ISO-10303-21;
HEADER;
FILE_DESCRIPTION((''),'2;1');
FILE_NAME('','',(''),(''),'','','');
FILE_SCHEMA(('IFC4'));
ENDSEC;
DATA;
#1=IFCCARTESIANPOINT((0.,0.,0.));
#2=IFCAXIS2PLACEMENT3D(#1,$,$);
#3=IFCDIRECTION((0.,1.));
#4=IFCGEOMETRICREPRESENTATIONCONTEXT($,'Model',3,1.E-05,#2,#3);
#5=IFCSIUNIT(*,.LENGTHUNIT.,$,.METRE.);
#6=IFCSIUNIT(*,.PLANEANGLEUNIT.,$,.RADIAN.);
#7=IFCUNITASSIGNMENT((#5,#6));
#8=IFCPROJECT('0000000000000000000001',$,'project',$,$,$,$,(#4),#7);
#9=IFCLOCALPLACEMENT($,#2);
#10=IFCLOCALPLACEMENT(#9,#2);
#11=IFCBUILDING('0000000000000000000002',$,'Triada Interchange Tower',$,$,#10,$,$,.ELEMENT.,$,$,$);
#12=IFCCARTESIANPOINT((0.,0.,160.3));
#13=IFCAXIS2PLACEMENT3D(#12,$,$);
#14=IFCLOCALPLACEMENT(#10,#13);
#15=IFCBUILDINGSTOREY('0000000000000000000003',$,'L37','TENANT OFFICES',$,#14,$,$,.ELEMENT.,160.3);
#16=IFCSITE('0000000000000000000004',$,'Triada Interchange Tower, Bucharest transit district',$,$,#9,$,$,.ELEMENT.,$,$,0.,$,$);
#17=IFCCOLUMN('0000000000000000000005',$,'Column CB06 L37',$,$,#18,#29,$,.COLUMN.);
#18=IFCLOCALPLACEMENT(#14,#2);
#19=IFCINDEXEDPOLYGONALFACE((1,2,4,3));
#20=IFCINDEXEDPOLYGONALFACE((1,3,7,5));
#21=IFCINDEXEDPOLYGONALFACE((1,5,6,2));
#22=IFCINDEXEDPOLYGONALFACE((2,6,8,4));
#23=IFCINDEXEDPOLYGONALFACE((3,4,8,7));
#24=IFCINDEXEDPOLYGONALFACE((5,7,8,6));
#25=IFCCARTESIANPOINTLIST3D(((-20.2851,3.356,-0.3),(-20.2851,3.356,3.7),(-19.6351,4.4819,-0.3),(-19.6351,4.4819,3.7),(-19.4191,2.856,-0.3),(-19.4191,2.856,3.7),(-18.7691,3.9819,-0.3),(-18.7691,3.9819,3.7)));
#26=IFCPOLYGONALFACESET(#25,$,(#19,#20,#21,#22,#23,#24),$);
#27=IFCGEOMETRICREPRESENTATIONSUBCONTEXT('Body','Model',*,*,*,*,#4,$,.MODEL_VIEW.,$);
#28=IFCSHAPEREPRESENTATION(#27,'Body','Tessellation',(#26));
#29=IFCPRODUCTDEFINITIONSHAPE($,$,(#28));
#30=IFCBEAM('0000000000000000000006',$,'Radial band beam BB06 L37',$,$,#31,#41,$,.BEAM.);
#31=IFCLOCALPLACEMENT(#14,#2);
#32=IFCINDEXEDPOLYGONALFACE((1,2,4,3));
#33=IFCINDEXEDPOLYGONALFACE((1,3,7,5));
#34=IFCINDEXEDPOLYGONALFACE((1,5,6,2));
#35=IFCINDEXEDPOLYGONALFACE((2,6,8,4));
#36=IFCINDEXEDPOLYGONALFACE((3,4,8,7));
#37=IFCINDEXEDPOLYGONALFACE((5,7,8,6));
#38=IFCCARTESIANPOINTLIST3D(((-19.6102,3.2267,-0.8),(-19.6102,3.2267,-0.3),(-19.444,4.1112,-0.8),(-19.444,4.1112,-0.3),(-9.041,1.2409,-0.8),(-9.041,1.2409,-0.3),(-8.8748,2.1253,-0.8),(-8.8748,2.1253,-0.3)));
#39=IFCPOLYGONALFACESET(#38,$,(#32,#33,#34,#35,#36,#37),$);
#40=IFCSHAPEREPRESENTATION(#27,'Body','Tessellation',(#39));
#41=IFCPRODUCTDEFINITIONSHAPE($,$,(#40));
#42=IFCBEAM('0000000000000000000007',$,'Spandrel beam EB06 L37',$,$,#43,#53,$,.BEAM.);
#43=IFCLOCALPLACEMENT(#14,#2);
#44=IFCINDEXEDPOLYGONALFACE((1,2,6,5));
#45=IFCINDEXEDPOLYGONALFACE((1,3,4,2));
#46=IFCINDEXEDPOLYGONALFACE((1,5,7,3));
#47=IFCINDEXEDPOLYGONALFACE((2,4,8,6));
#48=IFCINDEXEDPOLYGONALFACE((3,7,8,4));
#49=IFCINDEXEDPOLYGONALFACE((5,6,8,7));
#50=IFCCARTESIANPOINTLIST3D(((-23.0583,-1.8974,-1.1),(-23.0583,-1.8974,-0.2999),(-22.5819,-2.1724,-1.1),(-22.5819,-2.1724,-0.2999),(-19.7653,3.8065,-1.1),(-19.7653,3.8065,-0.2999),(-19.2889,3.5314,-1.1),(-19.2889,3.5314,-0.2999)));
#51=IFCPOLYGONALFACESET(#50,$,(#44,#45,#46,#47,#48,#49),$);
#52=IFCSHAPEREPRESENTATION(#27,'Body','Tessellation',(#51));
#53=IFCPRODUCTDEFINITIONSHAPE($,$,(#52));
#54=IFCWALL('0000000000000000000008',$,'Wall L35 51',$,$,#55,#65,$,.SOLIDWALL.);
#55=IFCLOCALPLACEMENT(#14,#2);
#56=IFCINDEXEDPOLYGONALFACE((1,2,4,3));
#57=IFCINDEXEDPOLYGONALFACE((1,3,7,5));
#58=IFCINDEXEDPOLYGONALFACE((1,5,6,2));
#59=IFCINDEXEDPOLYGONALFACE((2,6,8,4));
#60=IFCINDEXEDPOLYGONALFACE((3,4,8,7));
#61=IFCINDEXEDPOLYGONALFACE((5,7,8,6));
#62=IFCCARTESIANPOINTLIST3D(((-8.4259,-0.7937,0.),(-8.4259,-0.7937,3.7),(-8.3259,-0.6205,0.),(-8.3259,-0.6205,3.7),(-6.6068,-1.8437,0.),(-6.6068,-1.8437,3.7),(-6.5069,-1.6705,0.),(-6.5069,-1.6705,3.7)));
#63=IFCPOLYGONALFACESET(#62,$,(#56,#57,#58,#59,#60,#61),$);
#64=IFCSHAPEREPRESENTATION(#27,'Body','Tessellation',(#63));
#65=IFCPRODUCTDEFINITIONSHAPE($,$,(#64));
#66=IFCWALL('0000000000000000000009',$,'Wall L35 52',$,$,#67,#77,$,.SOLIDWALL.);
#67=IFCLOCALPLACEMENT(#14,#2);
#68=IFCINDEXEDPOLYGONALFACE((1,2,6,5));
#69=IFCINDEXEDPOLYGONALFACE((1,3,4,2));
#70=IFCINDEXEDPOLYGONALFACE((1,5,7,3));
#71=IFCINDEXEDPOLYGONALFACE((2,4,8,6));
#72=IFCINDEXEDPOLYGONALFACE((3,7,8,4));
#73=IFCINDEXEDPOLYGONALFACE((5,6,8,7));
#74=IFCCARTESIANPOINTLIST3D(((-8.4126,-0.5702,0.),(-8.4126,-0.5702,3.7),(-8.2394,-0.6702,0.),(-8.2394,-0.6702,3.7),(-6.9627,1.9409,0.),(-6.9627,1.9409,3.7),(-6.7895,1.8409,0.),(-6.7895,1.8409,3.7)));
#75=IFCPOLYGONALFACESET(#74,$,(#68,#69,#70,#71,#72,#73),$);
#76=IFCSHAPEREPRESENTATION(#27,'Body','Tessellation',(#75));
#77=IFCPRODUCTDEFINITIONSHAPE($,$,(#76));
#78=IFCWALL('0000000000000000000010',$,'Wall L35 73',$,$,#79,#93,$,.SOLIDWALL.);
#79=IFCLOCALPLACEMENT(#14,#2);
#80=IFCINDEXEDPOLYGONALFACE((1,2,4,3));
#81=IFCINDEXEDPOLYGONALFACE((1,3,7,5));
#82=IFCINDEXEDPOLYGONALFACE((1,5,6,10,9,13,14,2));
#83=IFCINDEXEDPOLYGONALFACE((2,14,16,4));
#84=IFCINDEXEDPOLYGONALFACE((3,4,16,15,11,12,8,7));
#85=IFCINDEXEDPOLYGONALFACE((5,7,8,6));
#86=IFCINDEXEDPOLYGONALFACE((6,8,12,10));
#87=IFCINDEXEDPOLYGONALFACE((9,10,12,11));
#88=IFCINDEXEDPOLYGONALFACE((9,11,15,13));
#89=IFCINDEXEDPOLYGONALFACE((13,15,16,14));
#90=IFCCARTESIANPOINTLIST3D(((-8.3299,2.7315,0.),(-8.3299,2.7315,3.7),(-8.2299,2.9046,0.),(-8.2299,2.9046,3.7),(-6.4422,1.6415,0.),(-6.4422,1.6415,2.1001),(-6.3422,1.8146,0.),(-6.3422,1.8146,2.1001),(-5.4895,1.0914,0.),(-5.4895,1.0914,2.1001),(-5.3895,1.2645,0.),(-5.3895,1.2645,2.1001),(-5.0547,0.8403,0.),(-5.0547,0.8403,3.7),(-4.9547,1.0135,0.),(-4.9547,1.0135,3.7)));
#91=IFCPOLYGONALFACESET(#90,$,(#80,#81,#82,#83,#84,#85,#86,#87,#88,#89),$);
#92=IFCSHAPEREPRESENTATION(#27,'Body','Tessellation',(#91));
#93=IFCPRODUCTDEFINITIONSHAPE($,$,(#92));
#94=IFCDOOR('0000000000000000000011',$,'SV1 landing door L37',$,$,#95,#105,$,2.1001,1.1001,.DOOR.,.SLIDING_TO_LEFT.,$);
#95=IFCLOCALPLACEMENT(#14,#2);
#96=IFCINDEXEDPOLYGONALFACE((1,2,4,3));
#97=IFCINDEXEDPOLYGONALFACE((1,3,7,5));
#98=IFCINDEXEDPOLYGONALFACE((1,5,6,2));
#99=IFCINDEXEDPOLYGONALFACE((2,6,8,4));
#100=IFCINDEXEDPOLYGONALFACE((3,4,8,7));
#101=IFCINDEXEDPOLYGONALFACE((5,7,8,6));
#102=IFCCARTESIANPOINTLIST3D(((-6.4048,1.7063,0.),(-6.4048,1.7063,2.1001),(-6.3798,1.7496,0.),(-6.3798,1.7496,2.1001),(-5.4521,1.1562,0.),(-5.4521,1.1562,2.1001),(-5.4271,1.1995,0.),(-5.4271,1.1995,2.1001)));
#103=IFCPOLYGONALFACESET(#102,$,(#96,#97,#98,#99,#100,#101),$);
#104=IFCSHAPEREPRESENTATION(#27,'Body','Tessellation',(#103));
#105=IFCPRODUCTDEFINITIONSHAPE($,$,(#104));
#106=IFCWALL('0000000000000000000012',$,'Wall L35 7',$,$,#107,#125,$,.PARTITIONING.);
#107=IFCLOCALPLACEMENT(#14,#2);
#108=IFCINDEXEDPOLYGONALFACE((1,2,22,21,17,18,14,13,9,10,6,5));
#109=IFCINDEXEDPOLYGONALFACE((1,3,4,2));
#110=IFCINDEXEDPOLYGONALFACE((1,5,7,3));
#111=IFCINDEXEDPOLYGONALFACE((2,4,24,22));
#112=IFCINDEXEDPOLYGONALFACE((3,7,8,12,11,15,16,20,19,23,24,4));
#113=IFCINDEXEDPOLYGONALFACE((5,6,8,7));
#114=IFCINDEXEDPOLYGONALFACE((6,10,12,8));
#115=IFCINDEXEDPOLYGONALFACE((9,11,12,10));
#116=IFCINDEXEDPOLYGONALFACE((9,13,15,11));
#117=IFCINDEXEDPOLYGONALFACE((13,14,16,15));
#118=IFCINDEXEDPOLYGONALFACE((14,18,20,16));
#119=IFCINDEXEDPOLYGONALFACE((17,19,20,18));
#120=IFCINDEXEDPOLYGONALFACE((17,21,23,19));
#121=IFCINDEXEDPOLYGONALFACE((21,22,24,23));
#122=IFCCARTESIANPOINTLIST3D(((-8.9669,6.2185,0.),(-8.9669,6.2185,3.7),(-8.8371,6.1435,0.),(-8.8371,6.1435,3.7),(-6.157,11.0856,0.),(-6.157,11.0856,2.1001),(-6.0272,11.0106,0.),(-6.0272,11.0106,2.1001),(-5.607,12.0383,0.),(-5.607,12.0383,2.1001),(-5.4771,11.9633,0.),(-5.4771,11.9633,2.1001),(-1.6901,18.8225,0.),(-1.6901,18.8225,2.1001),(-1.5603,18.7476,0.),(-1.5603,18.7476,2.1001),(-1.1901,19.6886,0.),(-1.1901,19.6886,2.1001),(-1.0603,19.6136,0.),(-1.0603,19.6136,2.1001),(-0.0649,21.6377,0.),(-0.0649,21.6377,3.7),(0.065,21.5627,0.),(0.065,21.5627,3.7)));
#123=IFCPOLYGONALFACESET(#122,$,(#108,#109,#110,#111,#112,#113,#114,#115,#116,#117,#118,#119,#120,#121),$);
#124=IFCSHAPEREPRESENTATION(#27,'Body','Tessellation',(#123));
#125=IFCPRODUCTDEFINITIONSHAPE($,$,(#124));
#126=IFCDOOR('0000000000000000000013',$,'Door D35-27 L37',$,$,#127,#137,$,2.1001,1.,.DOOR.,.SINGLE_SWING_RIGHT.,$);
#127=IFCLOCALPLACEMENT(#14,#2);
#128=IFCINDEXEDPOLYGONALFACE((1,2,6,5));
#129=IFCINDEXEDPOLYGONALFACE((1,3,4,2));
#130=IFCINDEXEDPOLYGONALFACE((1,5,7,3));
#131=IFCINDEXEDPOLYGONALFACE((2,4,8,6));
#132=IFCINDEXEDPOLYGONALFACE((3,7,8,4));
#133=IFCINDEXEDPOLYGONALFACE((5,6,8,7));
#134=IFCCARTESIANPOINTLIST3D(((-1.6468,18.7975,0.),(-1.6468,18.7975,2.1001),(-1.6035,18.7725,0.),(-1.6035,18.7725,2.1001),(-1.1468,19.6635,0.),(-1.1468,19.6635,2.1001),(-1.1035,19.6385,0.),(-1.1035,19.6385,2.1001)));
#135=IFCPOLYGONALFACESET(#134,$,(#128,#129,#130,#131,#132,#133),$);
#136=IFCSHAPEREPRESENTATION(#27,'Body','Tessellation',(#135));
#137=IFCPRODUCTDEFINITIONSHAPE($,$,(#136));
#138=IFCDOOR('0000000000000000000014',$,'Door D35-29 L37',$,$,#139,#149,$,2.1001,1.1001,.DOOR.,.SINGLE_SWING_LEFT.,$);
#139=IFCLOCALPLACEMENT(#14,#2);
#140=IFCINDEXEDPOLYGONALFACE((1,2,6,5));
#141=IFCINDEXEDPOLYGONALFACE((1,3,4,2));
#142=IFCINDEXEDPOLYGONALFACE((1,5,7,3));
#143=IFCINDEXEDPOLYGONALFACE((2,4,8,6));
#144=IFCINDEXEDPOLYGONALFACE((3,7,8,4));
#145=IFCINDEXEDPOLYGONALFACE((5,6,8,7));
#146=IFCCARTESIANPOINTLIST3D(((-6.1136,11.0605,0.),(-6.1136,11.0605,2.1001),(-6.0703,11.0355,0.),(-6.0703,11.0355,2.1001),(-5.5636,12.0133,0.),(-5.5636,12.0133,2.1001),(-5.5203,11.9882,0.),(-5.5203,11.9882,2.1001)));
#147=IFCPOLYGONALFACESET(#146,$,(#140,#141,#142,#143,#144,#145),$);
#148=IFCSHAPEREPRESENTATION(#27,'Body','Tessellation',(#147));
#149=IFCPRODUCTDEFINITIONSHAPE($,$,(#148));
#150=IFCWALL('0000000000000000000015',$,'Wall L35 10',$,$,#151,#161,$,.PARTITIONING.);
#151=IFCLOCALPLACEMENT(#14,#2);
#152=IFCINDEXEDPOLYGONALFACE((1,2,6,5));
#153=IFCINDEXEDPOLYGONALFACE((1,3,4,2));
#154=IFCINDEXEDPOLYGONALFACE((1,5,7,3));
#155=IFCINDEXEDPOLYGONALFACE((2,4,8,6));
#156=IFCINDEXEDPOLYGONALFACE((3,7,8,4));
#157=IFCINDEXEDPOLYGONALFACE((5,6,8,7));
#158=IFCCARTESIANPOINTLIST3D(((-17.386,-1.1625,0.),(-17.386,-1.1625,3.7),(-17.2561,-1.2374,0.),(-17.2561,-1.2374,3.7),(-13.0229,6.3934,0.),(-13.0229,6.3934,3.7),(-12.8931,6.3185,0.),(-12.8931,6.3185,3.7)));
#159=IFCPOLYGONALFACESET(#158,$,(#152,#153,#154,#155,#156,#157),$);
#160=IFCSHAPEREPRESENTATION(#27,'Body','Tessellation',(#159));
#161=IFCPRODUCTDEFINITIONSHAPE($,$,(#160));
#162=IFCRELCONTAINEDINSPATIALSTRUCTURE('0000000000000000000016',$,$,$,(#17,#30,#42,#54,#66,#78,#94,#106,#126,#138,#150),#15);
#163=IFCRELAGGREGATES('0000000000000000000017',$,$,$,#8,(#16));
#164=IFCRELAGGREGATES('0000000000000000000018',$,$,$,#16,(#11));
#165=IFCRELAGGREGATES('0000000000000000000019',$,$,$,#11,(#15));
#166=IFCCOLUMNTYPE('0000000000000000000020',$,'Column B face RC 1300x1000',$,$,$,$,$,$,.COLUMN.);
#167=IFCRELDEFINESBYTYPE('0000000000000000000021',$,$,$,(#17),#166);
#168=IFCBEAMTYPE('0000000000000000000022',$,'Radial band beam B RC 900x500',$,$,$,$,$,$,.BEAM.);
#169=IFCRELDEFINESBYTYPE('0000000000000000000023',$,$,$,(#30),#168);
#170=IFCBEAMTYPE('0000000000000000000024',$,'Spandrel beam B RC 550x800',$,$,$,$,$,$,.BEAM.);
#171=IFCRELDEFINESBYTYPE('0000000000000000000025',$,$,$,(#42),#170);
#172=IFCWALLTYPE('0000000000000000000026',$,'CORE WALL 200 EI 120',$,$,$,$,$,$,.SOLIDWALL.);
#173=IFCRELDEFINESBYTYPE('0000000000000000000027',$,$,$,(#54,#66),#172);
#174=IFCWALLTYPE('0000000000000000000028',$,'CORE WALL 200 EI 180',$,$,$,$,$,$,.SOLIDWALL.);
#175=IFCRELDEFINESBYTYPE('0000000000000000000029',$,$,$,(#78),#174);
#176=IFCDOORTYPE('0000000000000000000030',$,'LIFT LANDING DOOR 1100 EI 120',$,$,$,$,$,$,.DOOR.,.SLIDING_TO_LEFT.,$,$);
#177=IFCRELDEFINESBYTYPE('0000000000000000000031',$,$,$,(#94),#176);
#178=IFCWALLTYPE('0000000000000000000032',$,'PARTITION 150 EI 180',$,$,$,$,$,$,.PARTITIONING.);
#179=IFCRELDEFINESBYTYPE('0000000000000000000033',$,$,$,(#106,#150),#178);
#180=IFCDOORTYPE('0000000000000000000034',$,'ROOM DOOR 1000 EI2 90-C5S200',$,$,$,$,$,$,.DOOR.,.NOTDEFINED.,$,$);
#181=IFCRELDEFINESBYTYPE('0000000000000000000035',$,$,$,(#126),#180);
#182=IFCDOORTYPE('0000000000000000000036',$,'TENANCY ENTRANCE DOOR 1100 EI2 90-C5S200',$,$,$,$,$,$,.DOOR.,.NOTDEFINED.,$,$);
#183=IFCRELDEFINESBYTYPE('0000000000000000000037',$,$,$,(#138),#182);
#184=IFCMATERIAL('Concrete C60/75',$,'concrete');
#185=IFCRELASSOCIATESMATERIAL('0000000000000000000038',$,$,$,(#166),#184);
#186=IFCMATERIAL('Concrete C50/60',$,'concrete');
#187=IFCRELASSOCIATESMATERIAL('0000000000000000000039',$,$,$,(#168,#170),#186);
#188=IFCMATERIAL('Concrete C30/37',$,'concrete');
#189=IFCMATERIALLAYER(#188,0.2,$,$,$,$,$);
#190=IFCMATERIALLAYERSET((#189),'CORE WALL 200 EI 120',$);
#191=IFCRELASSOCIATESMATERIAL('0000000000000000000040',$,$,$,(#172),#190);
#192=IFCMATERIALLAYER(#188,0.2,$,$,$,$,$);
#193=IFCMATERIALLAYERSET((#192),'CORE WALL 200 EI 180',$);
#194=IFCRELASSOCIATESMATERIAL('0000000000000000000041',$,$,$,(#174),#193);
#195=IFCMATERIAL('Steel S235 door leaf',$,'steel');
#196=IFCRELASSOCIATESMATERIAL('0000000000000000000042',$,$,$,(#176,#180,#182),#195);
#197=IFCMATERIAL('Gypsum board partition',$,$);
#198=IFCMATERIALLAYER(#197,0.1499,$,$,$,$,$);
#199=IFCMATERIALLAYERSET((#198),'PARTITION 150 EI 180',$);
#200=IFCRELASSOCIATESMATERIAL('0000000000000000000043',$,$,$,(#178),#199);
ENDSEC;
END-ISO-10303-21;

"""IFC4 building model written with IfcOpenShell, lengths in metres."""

from ifc_helpers import new_model, si_unit, direction, frame, frame_2d, origin, origin_2d, place, context, subcontext, project, spatial, rectangle, extrude, material, layer, layer_set, material_profile, profile_set, type_object, element, fill, save


model = new_model("IFC4")

# Units and contexts
model_context = context("Model", 3, precision=1e-05, world=origin(), true_north=direction((0.0, 1.0)))
body_context = subcontext(model_context, "Body", "Model", "MODEL_VIEW")
ifc_project = project(units=[si_unit("LENGTHUNIT", "METRE"), si_unit("PLANEANGLEUNIT", "RADIAN")], contexts=[model_context])

# Site, building, storey
site_placement = place(None, origin())
site = spatial("IfcSite", under=ifc_project, at=site_placement, Name="Triada Interchange Tower, Bucharest transit district", CompositionType="ELEMENT", RefElevation=0.0)
building_placement = place(site_placement, origin())
building = spatial("IfcBuilding", under=site, at=building_placement, Name="Triada Interchange Tower", CompositionType="ELEMENT")
storey_placement = place(building_placement, frame((0.0, 0.0, 160.3)))
storey = spatial("IfcBuildingStorey", under=building, at=storey_placement, Name="L37", Description="TENANT OFFICES", CompositionType="ELEMENT", Elevation=160.3)

# Column
ifc_material_1 = material(Name="Concrete C60/75", Category="concrete")
ifc_material_profile_1 = material_profile(ifc_material_1, rectangle(XDim=1.3, YDim=1.0, at=origin_2d()), Name="RC 1300x1000")
ifc_profile_set_1 = profile_set([ifc_material_profile_1], Name="Concrete C60/75")
column_type = type_object("IfcColumnType", Name="Column B face RC 1300x1000", PredefinedType="COLUMN", material=ifc_profile_set_1)
column_placement = place(storey_placement, frame((-19.5271, 3.6689, -0.3), z_axis=(0.0, 0.0, 1.0), x_axis=(0.5, 0.866025, 0.0)))
element("IfcColumn", 1, at=column_placement, inside=storey, type_object=column_type, Name="Column CB06 L37", PredefinedType="COLUMN", context=body_context, shape_type="SweptSolid", body=[
    extrude(rectangle(XDim=1.3, YDim=1.0, at=origin_2d()), origin(), (0.0, 0.0, 1.0), 4.0),
])

# Beams
ifc_material_2 = material(Name="Concrete C50/60", Category="concrete")
ifc_material_profile_2 = material_profile(ifc_material_2, rectangle(XDim=0.8999, YDim=0.5, at=origin_2d()), Name="RC 900x500")
ifc_profile_set_2 = profile_set([ifc_material_profile_2], Name="Concrete C50/60")
beam_type_1 = type_object("IfcBeamType", Name="Radial band beam B RC 900x500", PredefinedType="BEAM", material=ifc_profile_set_2)
beam_1_placement = place(storey_placement, frame((-19.5271, 3.6689, -0.55), z_axis=(0.982802, -0.18466, 0.0), x_axis=(0.18466, 0.982802, 0.0)))
element("IfcBeam", 2, at=beam_1_placement, inside=storey, type_object=beam_type_1, Name="Radial band beam BB06 L37", PredefinedType="BEAM", context=body_context, shape_type="SweptSolid", body=[
    extrude(rectangle(XDim=0.8999, YDim=0.5, at=origin_2d()), origin(), (0.0, 0.0, 1.0), 10.7542),
])
ifc_material_profile_3 = material_profile(ifc_material_2, rectangle(XDim=0.55, YDim=0.8, at=origin_2d()), Name="RC 550x800")
ifc_profile_set_3 = profile_set([ifc_material_profile_3], Name="Concrete C50/60")
beam_type_2 = type_object("IfcBeamType", Name="Spandrel beam B RC 550x800", PredefinedType="BEAM", material=ifc_profile_set_3)
beam_2_placement = place(storey_placement, frame((-19.5271, 3.6689, -0.7), z_axis=(-0.499982, -0.866036, 0.0), x_axis=(0.866036, -0.499982, 0.0)))
element("IfcBeam", 3, at=beam_2_placement, inside=storey, type_object=beam_type_2, Name="Spandrel beam EB06 L37", PredefinedType="BEAM", context=body_context, shape_type="SweptSolid", body=[
    extrude(rectangle(XDim=0.55, YDim=0.8, at=origin_2d()), origin(), (0.0, 0.0, 1.0), 6.5862),
])

# Walls
ifc_material_3 = material(Name="Concrete C30/37", Category="concrete")
ifc_layer_1 = layer(ifc_material_3, 0.2)
ifc_layer_set_1 = layer_set([ifc_layer_1], Name="CORE WALL 200 EI 120")
wall_type_1 = type_object("IfcWallType", Name="CORE WALL 200 EI 120", PredefinedType="SOLIDWALL", material=ifc_layer_set_1)
wall_1_placement = place(storey_placement, frame((-8.376, -0.707, 0.0), z_axis=(0.0, 0.0, 1.0), x_axis=(0.866068, -0.499927, 0.0)))
element("IfcWall", 4, at=wall_1_placement, inside=storey, type_object=wall_type_1, Name="Wall L35 51", PredefinedType="SOLIDWALL", context=body_context, shape_type="SweptSolid", body=[
    extrude(rectangle(XDim=2.1003, YDim=0.2, at=frame_2d((1.0503, 0.0))), origin(), (0.0, 0.0, 1.0), 3.7),
])
wall_2_placement = place(storey_placement, frame((-8.3259, -0.6201, 0.0), z_axis=(0.0, 0.0, 1.0), x_axis=(0.500024, 0.866012, 0.0)))
element("IfcWall", 5, at=wall_2_placement, inside=storey, type_object=wall_type_1, Name="Wall L35 52", PredefinedType="SOLIDWALL", context=body_context, shape_type="SweptSolid", body=[
    extrude(rectangle(XDim=2.8997, YDim=0.2, at=frame_2d((1.4497, 0.0))), origin(), (0.0, 0.0, 1.0), 3.7),
])

# Wall, opening, door
ifc_layer_2 = layer(ifc_material_3, 0.2)
ifc_layer_set_2 = layer_set([ifc_layer_2], Name="CORE WALL 200 EI 180")
wall_type_2 = type_object("IfcWallType", Name="CORE WALL 200 EI 180", PredefinedType="SOLIDWALL", material=ifc_layer_set_2)
wall_3_placement = place(storey_placement, frame((-8.28, 2.8181, 0.0), z_axis=(0.0, 0.0, 1.0), x_axis=(0.866002, -0.500041, 0.0)))
wall_3 = element("IfcWall", 6, at=wall_3_placement, inside=storey, type_object=wall_type_2, Name="Wall L35 73", PredefinedType="SOLIDWALL", context=body_context, shape_type="SweptSolid", body=[
    extrude(rectangle(XDim=3.782, YDim=0.2, at=frame_2d((1.8911, 0.0))), origin(), (0.0, 0.0, 1.0), 3.7),
])
opening_1_placement = place(wall_3_placement, frame((2.1799, 0.0, 0.0)))
opening_1 = element("IfcOpeningElement", 7, at=opening_1_placement, cuts=wall_3, PredefinedType="OPENING", context=body_context, shape_type="SweptSolid", body=[
    extrude(rectangle(XDim=1.1001, YDim=2.1001, at=frame_2d((0.55, 1.05))), frame((0.0, 0.1099, 0.0), z_axis=(0.0, -1.0, 0.0), x_axis=(1.0, 0.0, 0.0)), (0.0, 0.0, 1.0), 0.22),
])
ifc_material_4 = material(Name="Steel S235 door leaf", Category="steel")
door_type_1 = type_object("IfcDoorType", Name="LIFT LANDING DOOR 1100 EI 120", OperationType="SLIDING_TO_LEFT", PredefinedType="DOOR", material=ifc_material_4)
door_1_placement = place(opening_1_placement, origin())
door_1 = element("IfcDoor", 8, at=door_1_placement, inside=storey, type_object=door_type_1, Name="SV1 landing door L37", OperationType="SLIDING_TO_LEFT", OverallHeight=2.1001, OverallWidth=1.1001, PredefinedType="DOOR", context=body_context, shape_type="SweptSolid", body=[
    extrude(rectangle(XDim=1.1001, YDim=2.1001, at=frame_2d((0.55, 1.05))), frame((0.0, 0.0249, 0.0), z_axis=(0.0, -1.0, 0.0), x_axis=(1.0, 0.0, 0.0)), (0.0, 0.0, 1.0), 0.05),
])
fill(opening_1, door_1)

# Wall, openings, doors
ifc_material_5 = material(Name="Gypsum board partition")
ifc_layer_3 = layer(ifc_material_5, 0.1499)
ifc_layer_set_3 = layer_set([ifc_layer_3], Name="PARTITION 150 EI 180")
wall_type_3 = type_object("IfcWallType", Name="PARTITION 150 EI 180", PredefinedType="PARTITIONING", material=ifc_layer_set_3)
wall_4_placement = place(storey_placement, frame((-8.9021, 6.1809, 0.0), z_axis=(0.0, 0.0, 1.0), x_axis=(0.499993, 0.86603, 0.0)))
wall_4 = element("IfcWall", 9, at=wall_4_placement, inside=storey, type_object=wall_type_3, Name="Wall L35 7", PredefinedType="PARTITIONING", context=body_context, shape_type="SweptSolid", body=[
    extrude(rectangle(XDim=17.8044, YDim=0.1499, at=frame_2d((8.9023, 0.0))), origin(), (0.0, 0.0, 1.0), 3.7),
])
opening_2_placement = place(wall_4_placement, frame((14.554, 0.0, 0.0)))
opening_2 = element("IfcOpeningElement", 10, at=opening_2_placement, cuts=wall_4, PredefinedType="OPENING", context=body_context, shape_type="SweptSolid", body=[
    extrude(rectangle(XDim=1.0, YDim=2.1001, at=frame_2d((0.5, 1.05))), frame((0.0, 0.085, 0.0), z_axis=(0.0, -1.0, 0.0), x_axis=(1.0, 0.0, 0.0)), (0.0, 0.0, 1.0), 0.1699),
])
opening_3_placement = place(wall_4_placement, frame((5.6201, 0.0, 0.0)))
opening_3 = element("IfcOpeningElement", 11, at=opening_3_placement, cuts=wall_4, PredefinedType="OPENING", context=body_context, shape_type="SweptSolid", body=[
    extrude(rectangle(XDim=1.1001, YDim=2.1001, at=frame_2d((0.55, 1.05))), frame((0.0, 0.085, 0.0), z_axis=(0.0, -1.0, 0.0), x_axis=(1.0, 0.0, 0.0)), (0.0, 0.0, 1.0), 0.1699),
])
door_type_2 = type_object("IfcDoorType", Name="ROOM DOOR 1000 EI2 90-C5S200", OperationType="NOTDEFINED", PredefinedType="DOOR", material=ifc_material_4)
door_2_placement = place(opening_2_placement, origin())
door_2 = element("IfcDoor", 12, at=door_2_placement, inside=storey, type_object=door_type_2, Name="Door D35-27 L37", OperationType="SINGLE_SWING_RIGHT", OverallHeight=2.1001, OverallWidth=1.0, PredefinedType="DOOR", context=body_context, shape_type="SweptSolid", body=[
    extrude(rectangle(XDim=1.0, YDim=2.1001, at=frame_2d((0.5, 1.05))), frame((0.0, 0.0249, 0.0), z_axis=(0.0, -1.0, 0.0), x_axis=(1.0, 0.0, 0.0)), (0.0, 0.0, 1.0), 0.05),
])
fill(opening_2, door_2)
door_type_3 = type_object("IfcDoorType", Name="TENANCY ENTRANCE DOOR 1100 EI2 90-C5S200", OperationType="NOTDEFINED", PredefinedType="DOOR", material=ifc_material_4)
door_3_placement = place(opening_3_placement, origin())
door_3 = element("IfcDoor", 13, at=door_3_placement, inside=storey, type_object=door_type_3, Name="Door D35-29 L37", OperationType="SINGLE_SWING_LEFT", OverallHeight=2.1001, OverallWidth=1.1001, PredefinedType="DOOR", context=body_context, shape_type="SweptSolid", body=[
    extrude(rectangle(XDim=1.1001, YDim=2.1001, at=frame_2d((0.55, 1.05))), frame((0.0, 0.0249, 0.0), z_axis=(0.0, -1.0, 0.0), x_axis=(1.0, 0.0, 0.0)), (0.0, 0.0, 1.0), 0.05),
])
fill(opening_3, door_3)

# Wall
wall_5_placement = place(storey_placement, frame((-17.321, -1.2, 0.0), z_axis=(0.0, 0.0, 1.0), x_axis=(0.500054, 0.865994, 0.0)))
element("IfcWall", 14, at=wall_5_placement, inside=storey, type_object=wall_type_3, Name="Wall L35 10", PredefinedType="PARTITIONING", context=body_context, shape_type="SweptSolid", body=[
    extrude(rectangle(XDim=8.7251, YDim=0.1499, at=frame_2d((4.3625, 0.0))), origin(), (0.0, 0.0, 1.0), 3.7),
])

save(model, "model.ifc")
